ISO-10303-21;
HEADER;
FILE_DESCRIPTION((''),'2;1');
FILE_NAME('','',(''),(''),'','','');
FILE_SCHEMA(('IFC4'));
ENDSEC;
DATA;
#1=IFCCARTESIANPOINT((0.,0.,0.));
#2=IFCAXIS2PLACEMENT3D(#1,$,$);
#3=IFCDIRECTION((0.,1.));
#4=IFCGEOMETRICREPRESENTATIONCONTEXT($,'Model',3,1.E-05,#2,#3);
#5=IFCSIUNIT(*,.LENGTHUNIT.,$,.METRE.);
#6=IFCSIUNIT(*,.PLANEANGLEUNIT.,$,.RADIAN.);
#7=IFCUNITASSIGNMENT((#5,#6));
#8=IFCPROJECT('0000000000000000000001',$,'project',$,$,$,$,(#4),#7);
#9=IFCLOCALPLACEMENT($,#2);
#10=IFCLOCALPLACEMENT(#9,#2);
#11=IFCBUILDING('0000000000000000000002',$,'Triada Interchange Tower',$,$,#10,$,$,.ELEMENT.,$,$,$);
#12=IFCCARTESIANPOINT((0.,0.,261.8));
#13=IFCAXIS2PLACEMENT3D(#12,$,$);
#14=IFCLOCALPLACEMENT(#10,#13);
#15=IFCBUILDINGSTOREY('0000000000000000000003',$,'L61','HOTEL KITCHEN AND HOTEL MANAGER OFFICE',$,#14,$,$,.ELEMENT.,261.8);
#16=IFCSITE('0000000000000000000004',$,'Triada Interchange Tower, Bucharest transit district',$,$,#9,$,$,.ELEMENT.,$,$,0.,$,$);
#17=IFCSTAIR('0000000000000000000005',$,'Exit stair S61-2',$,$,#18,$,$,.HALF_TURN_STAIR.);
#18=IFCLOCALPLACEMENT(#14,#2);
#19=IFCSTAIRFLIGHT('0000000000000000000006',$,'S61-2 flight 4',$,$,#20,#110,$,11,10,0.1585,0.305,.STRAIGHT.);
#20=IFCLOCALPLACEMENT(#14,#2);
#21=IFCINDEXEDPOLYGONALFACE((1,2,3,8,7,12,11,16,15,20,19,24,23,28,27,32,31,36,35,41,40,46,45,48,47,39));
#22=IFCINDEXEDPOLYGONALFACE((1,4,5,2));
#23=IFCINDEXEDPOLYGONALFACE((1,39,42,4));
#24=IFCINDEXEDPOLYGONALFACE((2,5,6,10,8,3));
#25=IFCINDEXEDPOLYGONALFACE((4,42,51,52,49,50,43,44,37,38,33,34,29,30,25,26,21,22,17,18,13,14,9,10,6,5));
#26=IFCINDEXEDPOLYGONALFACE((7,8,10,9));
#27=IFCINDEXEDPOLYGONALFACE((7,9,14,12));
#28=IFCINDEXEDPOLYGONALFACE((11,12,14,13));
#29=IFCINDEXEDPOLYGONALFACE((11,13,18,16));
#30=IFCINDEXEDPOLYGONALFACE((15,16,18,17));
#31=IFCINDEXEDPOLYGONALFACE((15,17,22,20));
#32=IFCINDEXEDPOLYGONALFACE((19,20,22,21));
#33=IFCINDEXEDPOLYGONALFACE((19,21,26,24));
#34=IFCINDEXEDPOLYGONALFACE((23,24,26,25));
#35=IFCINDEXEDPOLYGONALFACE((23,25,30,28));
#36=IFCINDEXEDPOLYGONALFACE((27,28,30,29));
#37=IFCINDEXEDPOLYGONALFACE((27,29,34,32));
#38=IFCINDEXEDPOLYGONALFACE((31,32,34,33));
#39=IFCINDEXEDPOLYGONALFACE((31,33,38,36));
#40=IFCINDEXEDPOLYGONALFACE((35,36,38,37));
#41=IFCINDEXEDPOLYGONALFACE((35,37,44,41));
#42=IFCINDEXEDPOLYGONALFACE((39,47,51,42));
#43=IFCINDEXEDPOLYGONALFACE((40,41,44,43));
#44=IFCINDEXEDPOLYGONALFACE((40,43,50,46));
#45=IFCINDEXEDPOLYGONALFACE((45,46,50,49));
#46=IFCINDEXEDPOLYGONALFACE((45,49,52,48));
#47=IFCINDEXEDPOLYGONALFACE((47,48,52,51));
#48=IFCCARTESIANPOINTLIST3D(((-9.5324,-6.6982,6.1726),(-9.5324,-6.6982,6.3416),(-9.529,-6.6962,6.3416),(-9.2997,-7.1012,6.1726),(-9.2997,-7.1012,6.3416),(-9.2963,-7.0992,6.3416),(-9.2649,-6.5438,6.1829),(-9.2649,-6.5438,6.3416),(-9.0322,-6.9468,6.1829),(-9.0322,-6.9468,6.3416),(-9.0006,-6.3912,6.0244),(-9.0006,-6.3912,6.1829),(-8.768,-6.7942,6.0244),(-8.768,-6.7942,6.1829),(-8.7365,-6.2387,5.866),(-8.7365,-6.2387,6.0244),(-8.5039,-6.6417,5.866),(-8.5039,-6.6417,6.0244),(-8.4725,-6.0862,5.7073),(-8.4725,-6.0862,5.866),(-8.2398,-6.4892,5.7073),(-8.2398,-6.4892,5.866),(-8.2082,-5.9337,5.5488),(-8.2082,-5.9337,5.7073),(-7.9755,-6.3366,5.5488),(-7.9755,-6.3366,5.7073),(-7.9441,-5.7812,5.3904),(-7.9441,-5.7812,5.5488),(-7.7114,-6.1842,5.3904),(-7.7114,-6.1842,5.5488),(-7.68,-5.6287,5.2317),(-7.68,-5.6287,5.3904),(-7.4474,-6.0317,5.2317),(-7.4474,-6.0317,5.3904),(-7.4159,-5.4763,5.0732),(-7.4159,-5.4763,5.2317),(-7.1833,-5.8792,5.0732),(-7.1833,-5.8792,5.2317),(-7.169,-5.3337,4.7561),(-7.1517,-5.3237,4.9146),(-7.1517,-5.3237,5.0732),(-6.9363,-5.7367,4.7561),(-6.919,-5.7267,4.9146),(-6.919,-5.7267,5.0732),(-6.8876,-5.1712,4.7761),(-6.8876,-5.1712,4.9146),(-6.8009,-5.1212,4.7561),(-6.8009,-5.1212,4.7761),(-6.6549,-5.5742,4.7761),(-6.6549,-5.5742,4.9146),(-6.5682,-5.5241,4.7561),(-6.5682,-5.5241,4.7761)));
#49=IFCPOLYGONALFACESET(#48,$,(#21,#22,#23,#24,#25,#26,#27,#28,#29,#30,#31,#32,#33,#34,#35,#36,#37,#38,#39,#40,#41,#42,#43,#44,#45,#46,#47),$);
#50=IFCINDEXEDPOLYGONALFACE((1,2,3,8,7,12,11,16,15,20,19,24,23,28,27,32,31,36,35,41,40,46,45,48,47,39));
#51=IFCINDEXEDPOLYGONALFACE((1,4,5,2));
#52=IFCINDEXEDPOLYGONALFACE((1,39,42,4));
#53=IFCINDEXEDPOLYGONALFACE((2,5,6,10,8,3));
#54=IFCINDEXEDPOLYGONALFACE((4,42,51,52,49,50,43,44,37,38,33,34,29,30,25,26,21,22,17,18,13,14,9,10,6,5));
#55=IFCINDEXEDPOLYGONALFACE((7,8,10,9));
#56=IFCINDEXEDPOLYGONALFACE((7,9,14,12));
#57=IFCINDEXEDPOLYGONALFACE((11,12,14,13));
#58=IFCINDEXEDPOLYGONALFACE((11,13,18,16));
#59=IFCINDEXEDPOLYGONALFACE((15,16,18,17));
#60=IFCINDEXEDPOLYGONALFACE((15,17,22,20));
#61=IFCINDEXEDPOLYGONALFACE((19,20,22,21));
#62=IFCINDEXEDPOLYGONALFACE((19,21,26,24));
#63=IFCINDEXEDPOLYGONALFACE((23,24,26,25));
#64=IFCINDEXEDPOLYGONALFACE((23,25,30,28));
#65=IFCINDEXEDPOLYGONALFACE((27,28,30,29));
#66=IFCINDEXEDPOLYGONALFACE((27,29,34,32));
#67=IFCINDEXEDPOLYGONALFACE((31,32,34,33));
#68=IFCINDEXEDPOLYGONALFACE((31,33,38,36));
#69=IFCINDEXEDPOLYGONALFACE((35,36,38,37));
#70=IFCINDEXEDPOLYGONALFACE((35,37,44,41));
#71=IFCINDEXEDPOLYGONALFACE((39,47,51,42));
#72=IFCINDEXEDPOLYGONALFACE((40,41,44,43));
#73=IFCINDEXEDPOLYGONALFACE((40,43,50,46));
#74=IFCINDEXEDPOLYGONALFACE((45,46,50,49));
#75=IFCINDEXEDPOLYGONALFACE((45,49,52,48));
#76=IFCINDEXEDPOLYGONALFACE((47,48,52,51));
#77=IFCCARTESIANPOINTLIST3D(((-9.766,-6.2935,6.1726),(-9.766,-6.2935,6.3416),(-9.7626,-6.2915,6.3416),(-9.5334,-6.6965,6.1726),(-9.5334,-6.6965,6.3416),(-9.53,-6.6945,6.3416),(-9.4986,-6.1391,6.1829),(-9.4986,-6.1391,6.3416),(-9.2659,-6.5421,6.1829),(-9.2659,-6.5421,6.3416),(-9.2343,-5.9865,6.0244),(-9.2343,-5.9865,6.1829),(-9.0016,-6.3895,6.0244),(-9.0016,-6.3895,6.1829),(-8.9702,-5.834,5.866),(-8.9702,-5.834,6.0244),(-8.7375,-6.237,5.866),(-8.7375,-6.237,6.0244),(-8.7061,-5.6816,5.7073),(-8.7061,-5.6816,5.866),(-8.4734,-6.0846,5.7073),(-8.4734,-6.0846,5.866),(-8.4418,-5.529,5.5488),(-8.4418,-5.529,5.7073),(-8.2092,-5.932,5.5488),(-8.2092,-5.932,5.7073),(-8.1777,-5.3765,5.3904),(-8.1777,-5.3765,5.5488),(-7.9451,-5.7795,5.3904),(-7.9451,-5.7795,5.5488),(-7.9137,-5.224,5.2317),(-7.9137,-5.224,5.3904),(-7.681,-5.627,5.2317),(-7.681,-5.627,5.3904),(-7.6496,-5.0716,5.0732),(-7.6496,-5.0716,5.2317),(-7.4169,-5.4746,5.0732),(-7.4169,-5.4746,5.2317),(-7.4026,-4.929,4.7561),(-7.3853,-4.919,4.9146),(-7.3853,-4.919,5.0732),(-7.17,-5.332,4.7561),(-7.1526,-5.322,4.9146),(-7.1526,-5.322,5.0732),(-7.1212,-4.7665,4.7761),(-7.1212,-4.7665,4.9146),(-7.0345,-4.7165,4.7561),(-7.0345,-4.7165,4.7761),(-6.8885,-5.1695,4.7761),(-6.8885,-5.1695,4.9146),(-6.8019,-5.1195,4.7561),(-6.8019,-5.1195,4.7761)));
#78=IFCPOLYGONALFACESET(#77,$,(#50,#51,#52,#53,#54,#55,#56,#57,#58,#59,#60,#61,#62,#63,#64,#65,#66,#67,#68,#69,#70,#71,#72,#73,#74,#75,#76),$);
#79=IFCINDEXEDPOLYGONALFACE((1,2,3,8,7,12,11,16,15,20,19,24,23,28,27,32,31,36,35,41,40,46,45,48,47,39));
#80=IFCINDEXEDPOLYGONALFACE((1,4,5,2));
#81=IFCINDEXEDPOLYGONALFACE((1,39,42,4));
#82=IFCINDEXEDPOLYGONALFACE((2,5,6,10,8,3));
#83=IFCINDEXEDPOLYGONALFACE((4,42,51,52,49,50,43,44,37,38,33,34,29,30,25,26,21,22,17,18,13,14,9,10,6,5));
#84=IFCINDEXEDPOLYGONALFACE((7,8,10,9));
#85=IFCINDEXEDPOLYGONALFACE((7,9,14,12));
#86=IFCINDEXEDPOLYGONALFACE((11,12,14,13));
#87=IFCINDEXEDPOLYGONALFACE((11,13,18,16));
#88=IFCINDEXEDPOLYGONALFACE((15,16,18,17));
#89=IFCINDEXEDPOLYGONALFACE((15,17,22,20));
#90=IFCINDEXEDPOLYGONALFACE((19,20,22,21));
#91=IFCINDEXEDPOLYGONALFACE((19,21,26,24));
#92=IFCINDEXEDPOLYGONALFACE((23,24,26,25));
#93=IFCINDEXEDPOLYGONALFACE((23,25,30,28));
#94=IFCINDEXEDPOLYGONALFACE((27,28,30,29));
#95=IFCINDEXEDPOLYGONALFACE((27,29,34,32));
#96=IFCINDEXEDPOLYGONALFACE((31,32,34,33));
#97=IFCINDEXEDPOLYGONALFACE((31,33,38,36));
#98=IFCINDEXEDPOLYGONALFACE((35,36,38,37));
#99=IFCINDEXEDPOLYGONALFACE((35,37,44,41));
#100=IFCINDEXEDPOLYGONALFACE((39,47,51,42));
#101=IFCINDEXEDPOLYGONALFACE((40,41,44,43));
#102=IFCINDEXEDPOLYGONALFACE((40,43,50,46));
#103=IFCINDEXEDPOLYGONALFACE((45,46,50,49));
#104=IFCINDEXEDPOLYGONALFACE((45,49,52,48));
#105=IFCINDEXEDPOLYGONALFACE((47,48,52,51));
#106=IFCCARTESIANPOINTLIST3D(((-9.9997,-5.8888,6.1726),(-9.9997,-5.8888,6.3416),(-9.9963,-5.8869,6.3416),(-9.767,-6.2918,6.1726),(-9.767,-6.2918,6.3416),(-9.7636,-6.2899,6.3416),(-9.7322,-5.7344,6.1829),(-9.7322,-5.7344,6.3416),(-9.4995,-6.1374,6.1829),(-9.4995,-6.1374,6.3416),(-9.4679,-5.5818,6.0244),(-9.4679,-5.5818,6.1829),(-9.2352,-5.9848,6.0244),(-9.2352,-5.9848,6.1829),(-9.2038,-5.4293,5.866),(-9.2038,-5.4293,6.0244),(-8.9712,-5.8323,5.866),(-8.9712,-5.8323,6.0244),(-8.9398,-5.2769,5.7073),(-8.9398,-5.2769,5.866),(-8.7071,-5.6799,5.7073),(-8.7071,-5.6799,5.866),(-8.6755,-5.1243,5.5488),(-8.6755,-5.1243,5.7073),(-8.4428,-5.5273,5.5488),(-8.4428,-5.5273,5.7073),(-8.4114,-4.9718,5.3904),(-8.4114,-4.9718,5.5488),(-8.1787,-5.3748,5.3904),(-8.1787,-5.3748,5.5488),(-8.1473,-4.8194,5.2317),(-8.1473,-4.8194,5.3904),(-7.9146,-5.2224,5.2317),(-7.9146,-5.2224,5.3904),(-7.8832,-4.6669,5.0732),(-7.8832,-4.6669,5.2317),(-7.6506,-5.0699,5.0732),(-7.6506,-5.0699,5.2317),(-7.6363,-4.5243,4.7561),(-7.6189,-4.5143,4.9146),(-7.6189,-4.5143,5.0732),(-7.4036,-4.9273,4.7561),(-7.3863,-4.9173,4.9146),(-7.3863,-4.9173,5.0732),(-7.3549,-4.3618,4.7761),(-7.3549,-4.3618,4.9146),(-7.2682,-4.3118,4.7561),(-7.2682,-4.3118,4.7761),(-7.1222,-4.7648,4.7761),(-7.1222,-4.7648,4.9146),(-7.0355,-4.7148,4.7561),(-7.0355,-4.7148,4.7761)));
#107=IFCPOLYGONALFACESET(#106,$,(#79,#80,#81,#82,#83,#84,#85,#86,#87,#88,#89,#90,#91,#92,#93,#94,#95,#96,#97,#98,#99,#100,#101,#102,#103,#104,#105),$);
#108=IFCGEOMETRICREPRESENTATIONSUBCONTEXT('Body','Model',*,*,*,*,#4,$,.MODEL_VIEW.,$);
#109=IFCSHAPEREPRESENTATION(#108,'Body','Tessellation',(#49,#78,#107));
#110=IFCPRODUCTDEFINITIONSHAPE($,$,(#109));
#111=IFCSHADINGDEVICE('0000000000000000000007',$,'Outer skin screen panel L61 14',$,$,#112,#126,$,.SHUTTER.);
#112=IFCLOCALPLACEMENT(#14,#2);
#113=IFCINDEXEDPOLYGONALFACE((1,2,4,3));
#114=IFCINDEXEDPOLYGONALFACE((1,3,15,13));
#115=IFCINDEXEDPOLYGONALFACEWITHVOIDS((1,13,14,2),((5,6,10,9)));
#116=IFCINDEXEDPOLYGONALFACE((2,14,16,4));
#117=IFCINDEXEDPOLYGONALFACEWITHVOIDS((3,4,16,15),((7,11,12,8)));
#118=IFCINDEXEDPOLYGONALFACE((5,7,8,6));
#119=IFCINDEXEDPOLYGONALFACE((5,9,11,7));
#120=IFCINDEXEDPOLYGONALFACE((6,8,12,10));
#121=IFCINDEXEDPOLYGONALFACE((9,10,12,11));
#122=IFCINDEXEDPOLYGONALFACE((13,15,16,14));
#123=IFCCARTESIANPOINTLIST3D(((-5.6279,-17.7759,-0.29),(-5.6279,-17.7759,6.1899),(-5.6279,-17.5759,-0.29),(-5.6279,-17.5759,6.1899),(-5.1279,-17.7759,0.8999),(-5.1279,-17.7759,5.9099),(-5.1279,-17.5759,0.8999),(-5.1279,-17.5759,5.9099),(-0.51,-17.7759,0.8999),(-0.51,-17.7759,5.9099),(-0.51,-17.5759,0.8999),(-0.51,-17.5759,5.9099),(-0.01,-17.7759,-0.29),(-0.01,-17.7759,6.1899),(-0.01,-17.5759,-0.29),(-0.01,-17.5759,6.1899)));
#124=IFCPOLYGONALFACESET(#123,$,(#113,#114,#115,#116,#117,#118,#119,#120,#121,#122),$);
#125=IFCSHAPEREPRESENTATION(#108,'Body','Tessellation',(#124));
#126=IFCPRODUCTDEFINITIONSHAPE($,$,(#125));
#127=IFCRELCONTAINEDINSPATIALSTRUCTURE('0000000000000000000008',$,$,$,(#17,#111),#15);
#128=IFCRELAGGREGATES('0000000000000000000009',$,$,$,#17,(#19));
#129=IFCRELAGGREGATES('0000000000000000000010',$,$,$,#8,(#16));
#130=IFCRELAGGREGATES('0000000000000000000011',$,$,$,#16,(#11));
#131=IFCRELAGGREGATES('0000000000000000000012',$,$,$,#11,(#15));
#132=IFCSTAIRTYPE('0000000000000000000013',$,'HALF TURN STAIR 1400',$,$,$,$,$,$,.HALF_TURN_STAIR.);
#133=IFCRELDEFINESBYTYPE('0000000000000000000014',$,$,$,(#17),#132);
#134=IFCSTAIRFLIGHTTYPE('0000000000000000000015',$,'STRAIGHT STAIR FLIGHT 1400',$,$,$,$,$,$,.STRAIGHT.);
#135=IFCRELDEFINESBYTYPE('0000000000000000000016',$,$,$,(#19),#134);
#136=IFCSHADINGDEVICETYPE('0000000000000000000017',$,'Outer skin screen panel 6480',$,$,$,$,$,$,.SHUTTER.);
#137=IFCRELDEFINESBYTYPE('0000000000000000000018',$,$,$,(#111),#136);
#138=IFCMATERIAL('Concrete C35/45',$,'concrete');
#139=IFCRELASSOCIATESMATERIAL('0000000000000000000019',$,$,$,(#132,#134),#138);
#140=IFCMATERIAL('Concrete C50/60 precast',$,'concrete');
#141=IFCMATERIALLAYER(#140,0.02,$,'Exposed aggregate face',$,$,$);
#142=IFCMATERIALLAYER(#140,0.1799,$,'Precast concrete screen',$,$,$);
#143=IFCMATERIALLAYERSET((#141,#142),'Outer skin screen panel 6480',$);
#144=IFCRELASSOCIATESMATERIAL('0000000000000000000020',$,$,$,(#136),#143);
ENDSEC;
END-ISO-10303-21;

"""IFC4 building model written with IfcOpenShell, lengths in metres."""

from ifc_helpers import new_model, si_unit, direction, frame, origin, place, context, subcontext, project, spatial, polyline, outline, extrude, material, layer, layer_set, type_object, element, aggregate, save


model = new_model("IFC4")

# Units and contexts
model_context = context("Model", 3, precision=1e-05, world=origin(), true_north=direction((0.0, 1.0)))
body_context = subcontext(model_context, "Body", "Model", "MODEL_VIEW")
ifc_project = project(units=[si_unit("LENGTHUNIT", "METRE"), si_unit("PLANEANGLEUNIT", "RADIAN")], contexts=[model_context])

# Site, building, storey
site_placement = place(None, origin())
site = spatial("IfcSite", under=ifc_project, at=site_placement, Name="Triada Interchange Tower, Bucharest transit district", CompositionType="ELEMENT", RefElevation=0.0)
building_placement = place(site_placement, origin())
building = spatial("IfcBuilding", under=site, at=building_placement, Name="Triada Interchange Tower", CompositionType="ELEMENT")
storey_placement = place(building_placement, frame((0.0, 0.0, 261.8)))
storey = spatial("IfcBuildingStorey", under=building, at=storey_placement, Name="L61", Description="HOTEL KITCHEN AND HOTEL MANAGER OFFICE", CompositionType="ELEMENT", Elevation=261.8)

# Stair, stair flight
ifc_material_1 = material(Name="Concrete C35/45", Category="concrete")
stair_type = type_object("IfcStairType", Name="HALF TURN STAIR 1400", PredefinedType="HALF_TURN_STAIR", material=ifc_material_1)
stair_placement = place(storey_placement, origin())
stair = element("IfcStair", 1, at=stair_placement, inside=storey, type_object=stair_type, Name="Exit stair S61-2", PredefinedType="HALF_TURN_STAIR")
stair_flight_type = type_object("IfcStairFlightType", Name="STRAIGHT STAIR FLIGHT 1400", PredefinedType="STRAIGHT", material=ifc_material_1)
stair_flight_1_placement = place(storey_placement, frame((-7.0049, -4.968, 4.7561), z_axis=(0.0, 0.0, 1.0), x_axis=(-0.866025, -0.5, 0.0)))
stair_flight_1 = element("IfcStairFlight", 2, at=stair_flight_1_placement, type_object=stair_flight_type, Name="S61-2 flight 4", NumberOfRisers=11, NumberOfTreads=10, PredefinedType="STRAIGHT", RiserHeight=0.1585, TreadLength=0.305, context=body_context, shape_type="SweptSolid", body=[
    extrude(outline(polyline([(-0.1001, 0.0), (-0.1001, 0.02), (0.0, 0.02), (0.0, 0.1584), (0.3049, 0.1584), (0.3049, 0.3171), (0.6101, 0.3171), (0.6101, 0.4756), (0.915, 0.4756), (0.915, 0.6343), (1.22, 0.6343), (1.22, 0.7927), (1.5249, 0.7927), (1.5249, 0.9512), (1.8301, 0.9512), (1.8301, 1.1099), (2.135, 1.1099), (2.135, 1.2683), (2.4399, 1.2683), (2.4399, 1.4268), (2.7451, 1.4268), (2.7451, 1.5854), (3.05, 1.5854), (3.054, 1.5854), (3.054, 1.7439), (3.054, 1.4165), (0.325, 0.0), (-0.1001, 0.0)])), frame((0.0, 0.7, 0.0), z_axis=(0.0, -1.0, 0.0), x_axis=(1.0, 0.0, 0.0)), (0.0, 0.0, 1.0), 0.4653),
    extrude(outline(polyline([(-0.1001, 0.0), (-0.1001, 0.02), (0.0, 0.02), (0.0, 0.1584), (0.3049, 0.1584), (0.3049, 0.3171), (0.6101, 0.3171), (0.6101, 0.4756), (0.915, 0.4756), (0.915, 0.6343), (1.22, 0.6343), (1.22, 0.7927), (1.5249, 0.7927), (1.5249, 0.9512), (1.8301, 0.9512), (1.8301, 1.1099), (2.135, 1.1099), (2.135, 1.2683), (2.4399, 1.2683), (2.4399, 1.4268), (2.7451, 1.4268), (2.7451, 1.5854), (3.05, 1.5854), (3.054, 1.5854), (3.054, 1.7439), (3.054, 1.4165), (0.325, 0.0), (-0.1001, 0.0)])), frame((0.0, 0.2327, 0.0), z_axis=(0.0, -1.0, 0.0), x_axis=(1.0, 0.0, 0.0)), (0.0, 0.0, 1.0), 0.4653),
    extrude(outline(polyline([(-0.1001, 0.0), (-0.1001, 0.02), (0.0, 0.02), (0.0, 0.1584), (0.3049, 0.1584), (0.3049, 0.3171), (0.6101, 0.3171), (0.6101, 0.4756), (0.915, 0.4756), (0.915, 0.6343), (1.22, 0.6343), (1.22, 0.7927), (1.5249, 0.7927), (1.5249, 0.9512), (1.8301, 0.9512), (1.8301, 1.1099), (2.135, 1.1099), (2.135, 1.2683), (2.4399, 1.2683), (2.4399, 1.4268), (2.7451, 1.4268), (2.7451, 1.5854), (3.05, 1.5854), (3.054, 1.5854), (3.054, 1.7439), (3.054, 1.4165), (0.325, 0.0), (-0.1001, 0.0)])), frame((0.0, -0.2346, 0.0), z_axis=(0.0, -1.0, 0.0), x_axis=(1.0, 0.0, 0.0)), (0.0, 0.0, 1.0), 0.4653),
])

# Shading device
ifc_material_2 = material(Name="Concrete C50/60 precast", Category="concrete")
ifc_layer_1 = layer(ifc_material_2, 0.02, Name="Exposed aggregate face")
ifc_layer_2 = layer(ifc_material_2, 0.1799, Name="Precast concrete screen")
ifc_layer_set_1 = layer_set([ifc_layer_1, ifc_layer_2], Name="Outer skin screen panel 6480")
shading_device_type = type_object("IfcShadingDeviceType", Name="Outer skin screen panel 6480", PredefinedType="SHUTTER", material=ifc_layer_set_1)
shading_device_placement = place(storey_placement, frame((-5.6279, -17.5759, -0.29), z_axis=(0.0, 0.0, 1.0), x_axis=(1.0, 0.0, 0.0)))
element("IfcShadingDevice", 3, at=shading_device_placement, inside=storey, type_object=shading_device_type, Name="Outer skin screen panel L61 14", PredefinedType="SHUTTER", context=body_context, shape_type="SweptSolid", body=[
    extrude(outline(polyline([(0.0, 0.0), (5.6179, 0.0), (5.6179, 6.48), (0.0, 6.48), (0.0, 0.0)]), holes=[polyline([(0.5, 1.1899), (0.5, 6.2), (5.1179, 6.2), (5.1179, 1.1899), (0.5, 1.1899)])]), frame((0.0, 0.0, 0.0), z_axis=(0.0, -1.0, 0.0), x_axis=(1.0, 0.0, 0.0)), (0.0, 0.0, 1.0), 0.2),
])

aggregate(stair, [stair_flight_1])

save(model, "model.ifc")
